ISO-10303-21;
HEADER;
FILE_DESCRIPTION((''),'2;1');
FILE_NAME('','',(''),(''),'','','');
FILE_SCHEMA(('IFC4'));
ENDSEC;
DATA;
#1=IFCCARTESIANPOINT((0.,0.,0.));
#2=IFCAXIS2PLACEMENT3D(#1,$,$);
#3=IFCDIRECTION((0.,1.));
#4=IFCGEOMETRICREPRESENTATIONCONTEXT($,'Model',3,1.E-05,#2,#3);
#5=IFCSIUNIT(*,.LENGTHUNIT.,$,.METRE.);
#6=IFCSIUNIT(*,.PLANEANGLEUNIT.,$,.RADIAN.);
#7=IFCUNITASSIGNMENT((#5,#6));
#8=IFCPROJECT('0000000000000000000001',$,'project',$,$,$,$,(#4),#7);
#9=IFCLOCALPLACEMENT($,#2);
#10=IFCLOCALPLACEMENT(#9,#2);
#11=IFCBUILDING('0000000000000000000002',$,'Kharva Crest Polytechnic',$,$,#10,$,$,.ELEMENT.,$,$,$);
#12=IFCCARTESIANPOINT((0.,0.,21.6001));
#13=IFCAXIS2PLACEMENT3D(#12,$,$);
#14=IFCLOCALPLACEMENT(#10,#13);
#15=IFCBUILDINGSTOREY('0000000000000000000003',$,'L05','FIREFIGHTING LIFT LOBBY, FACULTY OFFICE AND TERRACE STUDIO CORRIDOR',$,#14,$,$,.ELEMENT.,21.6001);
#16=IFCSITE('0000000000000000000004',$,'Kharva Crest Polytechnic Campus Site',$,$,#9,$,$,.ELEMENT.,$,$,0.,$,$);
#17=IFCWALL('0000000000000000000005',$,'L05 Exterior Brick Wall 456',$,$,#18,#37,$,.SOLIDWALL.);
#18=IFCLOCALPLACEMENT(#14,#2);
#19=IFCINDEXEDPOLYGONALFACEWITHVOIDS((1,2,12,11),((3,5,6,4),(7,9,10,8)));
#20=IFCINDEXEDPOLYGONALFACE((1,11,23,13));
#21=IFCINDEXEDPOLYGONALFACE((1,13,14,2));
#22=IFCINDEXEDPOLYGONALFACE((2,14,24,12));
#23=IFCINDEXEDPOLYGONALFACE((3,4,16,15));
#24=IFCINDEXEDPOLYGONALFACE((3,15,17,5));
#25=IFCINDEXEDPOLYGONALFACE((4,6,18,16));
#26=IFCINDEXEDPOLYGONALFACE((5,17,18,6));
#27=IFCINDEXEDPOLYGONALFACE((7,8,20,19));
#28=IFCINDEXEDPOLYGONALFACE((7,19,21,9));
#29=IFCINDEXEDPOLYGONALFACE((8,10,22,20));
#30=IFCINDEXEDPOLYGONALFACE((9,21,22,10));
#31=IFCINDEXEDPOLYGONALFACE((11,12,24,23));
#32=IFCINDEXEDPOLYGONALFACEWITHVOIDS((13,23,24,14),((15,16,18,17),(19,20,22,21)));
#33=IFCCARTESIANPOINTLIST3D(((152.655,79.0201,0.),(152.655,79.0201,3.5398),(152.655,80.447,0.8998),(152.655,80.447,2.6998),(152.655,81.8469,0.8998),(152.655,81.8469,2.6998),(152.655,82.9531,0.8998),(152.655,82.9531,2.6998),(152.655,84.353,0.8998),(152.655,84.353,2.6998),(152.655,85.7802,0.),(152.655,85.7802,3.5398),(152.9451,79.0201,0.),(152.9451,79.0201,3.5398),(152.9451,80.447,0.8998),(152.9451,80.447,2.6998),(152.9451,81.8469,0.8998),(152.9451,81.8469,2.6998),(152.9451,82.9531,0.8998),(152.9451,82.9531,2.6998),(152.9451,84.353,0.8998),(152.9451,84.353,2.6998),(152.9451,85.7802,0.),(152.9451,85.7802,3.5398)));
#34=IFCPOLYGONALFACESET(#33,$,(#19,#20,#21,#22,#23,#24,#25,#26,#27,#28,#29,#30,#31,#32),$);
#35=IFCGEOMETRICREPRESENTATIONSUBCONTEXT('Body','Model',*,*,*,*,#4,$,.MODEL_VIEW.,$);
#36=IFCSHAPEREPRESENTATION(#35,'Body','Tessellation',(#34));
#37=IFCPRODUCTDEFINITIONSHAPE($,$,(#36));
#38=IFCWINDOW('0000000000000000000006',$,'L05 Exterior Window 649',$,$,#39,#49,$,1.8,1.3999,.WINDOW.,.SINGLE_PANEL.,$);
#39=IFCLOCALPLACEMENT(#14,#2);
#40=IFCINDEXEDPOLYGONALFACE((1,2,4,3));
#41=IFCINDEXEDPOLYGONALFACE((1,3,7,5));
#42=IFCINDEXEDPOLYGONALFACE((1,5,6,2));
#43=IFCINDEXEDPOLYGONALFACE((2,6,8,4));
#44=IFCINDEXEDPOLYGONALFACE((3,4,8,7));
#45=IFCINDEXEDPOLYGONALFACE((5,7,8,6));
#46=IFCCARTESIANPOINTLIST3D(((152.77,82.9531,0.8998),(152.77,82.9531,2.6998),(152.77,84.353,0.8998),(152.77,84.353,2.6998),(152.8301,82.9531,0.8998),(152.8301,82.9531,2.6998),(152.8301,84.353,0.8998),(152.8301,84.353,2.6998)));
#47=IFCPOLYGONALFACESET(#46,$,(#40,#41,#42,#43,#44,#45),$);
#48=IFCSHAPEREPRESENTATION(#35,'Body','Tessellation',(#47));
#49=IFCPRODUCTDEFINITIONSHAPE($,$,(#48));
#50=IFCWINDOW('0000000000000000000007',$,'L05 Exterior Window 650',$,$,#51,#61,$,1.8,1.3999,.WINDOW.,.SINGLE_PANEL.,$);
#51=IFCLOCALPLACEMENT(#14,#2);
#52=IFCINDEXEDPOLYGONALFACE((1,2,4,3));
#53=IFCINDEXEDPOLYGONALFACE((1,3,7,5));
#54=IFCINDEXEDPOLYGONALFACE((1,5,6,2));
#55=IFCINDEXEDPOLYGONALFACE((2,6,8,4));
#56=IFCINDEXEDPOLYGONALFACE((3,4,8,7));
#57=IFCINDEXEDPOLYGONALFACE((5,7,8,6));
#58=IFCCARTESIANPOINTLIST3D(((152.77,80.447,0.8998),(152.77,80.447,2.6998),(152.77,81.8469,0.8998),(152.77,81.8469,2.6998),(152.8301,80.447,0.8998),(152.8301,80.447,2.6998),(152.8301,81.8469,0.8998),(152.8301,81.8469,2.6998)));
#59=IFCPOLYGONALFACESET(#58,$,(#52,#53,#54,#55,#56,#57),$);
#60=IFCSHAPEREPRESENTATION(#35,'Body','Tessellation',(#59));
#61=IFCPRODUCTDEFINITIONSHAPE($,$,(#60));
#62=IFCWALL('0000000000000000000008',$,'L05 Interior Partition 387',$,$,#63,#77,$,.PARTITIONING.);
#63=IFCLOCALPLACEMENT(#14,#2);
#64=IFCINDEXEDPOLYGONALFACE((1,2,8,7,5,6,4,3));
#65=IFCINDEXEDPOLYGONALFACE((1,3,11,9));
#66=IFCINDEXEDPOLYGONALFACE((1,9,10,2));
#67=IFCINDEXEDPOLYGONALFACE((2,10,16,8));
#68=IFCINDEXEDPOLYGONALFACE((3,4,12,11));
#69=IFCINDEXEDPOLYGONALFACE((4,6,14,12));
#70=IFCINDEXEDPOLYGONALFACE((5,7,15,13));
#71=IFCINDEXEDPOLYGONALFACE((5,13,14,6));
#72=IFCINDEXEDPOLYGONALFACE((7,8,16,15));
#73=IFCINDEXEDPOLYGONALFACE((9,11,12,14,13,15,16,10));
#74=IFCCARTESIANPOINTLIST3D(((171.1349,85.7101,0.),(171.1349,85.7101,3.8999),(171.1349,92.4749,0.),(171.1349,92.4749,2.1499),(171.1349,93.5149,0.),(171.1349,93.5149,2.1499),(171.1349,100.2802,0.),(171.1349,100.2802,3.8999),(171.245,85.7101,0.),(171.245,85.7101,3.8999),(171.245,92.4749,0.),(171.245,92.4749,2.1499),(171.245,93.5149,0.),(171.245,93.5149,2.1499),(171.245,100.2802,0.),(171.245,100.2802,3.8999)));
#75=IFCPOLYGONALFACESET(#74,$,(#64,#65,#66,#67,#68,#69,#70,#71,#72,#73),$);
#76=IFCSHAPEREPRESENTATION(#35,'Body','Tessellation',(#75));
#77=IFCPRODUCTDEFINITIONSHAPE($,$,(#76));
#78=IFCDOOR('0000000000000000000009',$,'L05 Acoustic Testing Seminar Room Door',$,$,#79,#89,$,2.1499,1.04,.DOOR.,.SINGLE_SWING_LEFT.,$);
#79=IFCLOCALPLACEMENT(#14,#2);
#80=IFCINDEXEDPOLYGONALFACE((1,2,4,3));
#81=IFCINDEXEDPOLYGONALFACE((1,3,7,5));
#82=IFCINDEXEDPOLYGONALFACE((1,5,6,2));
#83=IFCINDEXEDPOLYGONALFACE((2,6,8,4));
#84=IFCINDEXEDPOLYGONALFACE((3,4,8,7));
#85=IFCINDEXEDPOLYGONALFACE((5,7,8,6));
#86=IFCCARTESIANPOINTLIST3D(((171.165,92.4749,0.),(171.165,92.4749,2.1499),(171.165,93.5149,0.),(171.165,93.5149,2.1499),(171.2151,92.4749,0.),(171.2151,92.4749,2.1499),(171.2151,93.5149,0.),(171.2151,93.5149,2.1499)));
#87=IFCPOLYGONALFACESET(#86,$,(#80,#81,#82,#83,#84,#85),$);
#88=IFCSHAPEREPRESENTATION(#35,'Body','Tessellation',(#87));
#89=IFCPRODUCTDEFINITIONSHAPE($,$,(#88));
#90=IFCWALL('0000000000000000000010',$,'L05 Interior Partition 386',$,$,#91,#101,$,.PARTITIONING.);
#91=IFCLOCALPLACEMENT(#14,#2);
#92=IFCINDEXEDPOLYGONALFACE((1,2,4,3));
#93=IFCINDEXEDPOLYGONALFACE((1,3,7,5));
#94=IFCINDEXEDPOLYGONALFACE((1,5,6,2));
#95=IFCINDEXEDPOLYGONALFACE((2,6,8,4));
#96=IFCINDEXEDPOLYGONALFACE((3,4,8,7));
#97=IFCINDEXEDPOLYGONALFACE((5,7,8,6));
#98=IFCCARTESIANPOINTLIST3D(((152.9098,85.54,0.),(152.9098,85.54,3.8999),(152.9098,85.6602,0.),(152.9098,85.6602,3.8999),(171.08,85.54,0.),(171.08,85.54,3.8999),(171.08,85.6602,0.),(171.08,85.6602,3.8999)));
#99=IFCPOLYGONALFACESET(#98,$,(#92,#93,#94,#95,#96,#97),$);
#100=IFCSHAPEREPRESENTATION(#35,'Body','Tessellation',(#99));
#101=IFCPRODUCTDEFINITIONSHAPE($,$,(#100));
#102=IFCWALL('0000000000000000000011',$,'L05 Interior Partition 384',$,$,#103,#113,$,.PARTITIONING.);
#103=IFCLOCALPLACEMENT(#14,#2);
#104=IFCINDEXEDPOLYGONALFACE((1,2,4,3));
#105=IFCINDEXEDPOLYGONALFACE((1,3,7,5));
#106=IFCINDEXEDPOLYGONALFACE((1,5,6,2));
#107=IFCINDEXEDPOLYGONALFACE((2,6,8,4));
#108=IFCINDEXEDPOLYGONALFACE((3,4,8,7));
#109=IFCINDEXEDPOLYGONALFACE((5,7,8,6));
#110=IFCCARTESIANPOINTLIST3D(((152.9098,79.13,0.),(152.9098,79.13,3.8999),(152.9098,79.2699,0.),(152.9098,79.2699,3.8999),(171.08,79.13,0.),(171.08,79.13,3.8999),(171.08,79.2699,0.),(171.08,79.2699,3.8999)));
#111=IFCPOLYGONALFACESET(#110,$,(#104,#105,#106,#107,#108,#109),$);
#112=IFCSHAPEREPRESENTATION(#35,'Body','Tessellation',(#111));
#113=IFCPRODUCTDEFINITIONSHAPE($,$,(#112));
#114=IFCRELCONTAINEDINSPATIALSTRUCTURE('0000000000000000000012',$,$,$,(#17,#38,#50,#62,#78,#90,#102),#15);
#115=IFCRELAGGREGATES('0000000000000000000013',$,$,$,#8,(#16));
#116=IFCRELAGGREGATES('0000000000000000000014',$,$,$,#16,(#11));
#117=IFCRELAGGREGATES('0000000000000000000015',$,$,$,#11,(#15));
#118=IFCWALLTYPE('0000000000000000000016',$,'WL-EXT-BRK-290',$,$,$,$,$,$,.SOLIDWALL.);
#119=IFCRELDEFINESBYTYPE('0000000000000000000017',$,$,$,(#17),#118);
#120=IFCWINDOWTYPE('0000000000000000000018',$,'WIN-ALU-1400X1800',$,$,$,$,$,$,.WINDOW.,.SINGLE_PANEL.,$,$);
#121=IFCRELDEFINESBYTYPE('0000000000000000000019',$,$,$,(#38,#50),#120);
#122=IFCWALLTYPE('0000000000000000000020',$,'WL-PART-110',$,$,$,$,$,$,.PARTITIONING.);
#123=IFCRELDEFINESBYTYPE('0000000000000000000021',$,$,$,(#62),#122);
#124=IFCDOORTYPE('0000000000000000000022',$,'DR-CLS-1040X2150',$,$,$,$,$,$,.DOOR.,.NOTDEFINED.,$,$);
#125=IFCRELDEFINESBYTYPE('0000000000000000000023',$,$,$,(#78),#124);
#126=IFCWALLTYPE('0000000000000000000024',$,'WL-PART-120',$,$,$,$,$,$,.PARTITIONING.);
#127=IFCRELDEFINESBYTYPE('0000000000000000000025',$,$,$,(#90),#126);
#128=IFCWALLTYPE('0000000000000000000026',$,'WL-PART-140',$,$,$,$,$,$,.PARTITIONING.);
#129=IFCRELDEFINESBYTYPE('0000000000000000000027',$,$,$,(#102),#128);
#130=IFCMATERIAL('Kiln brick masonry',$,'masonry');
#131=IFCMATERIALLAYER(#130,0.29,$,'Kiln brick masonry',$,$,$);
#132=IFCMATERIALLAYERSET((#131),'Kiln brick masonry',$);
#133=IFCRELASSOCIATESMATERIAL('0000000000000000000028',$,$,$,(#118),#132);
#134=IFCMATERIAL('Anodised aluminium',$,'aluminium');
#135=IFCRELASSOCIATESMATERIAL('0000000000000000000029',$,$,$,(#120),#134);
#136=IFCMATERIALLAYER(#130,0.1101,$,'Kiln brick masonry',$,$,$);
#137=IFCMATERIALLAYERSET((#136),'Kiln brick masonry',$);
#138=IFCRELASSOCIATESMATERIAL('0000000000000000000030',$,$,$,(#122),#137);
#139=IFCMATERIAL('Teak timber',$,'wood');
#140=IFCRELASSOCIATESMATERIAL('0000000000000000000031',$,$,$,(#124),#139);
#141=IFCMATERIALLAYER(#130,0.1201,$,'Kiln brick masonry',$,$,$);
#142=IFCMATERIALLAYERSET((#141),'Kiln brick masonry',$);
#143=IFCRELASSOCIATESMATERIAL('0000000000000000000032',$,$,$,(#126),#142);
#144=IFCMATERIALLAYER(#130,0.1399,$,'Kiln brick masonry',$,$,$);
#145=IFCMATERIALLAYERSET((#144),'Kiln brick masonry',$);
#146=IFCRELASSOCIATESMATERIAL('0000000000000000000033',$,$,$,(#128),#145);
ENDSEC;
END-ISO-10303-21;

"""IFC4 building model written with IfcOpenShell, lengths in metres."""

from ifc_helpers import new_model, si_unit, direction, frame, frame_2d, origin, place, context, subcontext, project, spatial, rectangle, extrude, material, layer, layer_set, type_object, element, fill, save


model = new_model("IFC4")

# Units and contexts
model_context = context("Model", 3, precision=1e-05, world=origin(), true_north=direction((0.0, 1.0)))
body_context = subcontext(model_context, "Body", "Model", "MODEL_VIEW")
ifc_project = project(units=[si_unit("LENGTHUNIT", "METRE"), si_unit("PLANEANGLEUNIT", "RADIAN")], contexts=[model_context])

# Site, building, storey
site_placement = place(None, origin())
site = spatial("IfcSite", under=ifc_project, at=site_placement, Name="Kharva Crest Polytechnic Campus Site", CompositionType="ELEMENT", RefElevation=0.0)
building_placement = place(site_placement, origin())
building = spatial("IfcBuilding", under=site, at=building_placement, Name="Kharva Crest Polytechnic", CompositionType="ELEMENT")
storey_placement = place(building_placement, frame((0.0, 0.0, 21.6001)))
storey = spatial("IfcBuildingStorey", under=building, at=storey_placement, Name="L05", Description="FIREFIGHTING LIFT LOBBY, FACULTY OFFICE AND TERRACE STUDIO CORRIDOR", CompositionType="ELEMENT", Elevation=21.6001)

# Wall, openings, windows
ifc_material_1 = material(Name="Kiln brick masonry", Category="masonry")
ifc_material_2 = material(Name="Anodised aluminium", Category="aluminium")
ifc_layer_1 = layer(ifc_material_1, 0.29, Name="Kiln brick masonry")
ifc_layer_set_1 = layer_set([ifc_layer_1], Name="Kiln brick masonry")
wall_type_1 = type_object("IfcWallType", Name="WL-EXT-BRK-290", PredefinedType="SOLIDWALL", material=ifc_layer_set_1)
wall_1_placement = place(storey_placement, frame((152.8, 85.78, 0.0), z_axis=(0.0, 0.0, 1.0), x_axis=(0.0, -1.0, 0.0)))
wall_1 = element("IfcWall", 1, at=wall_1_placement, inside=storey, type_object=wall_type_1, Name="L05 Exterior Brick Wall 456", PredefinedType="SOLIDWALL", context=body_context, shape_type="SweptSolid", body=[
    extrude(rectangle(XDim=6.76, YDim=0.29, at=frame_2d((3.3799, 0.0))), origin(), (0.0, 0.0, 1.0), 3.5398),
])
opening_1_placement = place(wall_1_placement, frame((1.427, 0.0, 0.8999)))
opening_1 = element("IfcOpeningElement", 2, at=opening_1_placement, cuts=wall_1, PredefinedType="OPENING", context=body_context, shape_type="SweptSolid", body=[
    extrude(rectangle(XDim=1.3999, YDim=1.8, at=frame_2d((0.7, 0.8999))), frame((0.0, 0.155, 0.0), z_axis=(0.0, -1.0, 0.0), x_axis=(1.0, 0.0, 0.0)), (0.0, 0.0, 1.0), 0.3101),
])
opening_2_placement = place(wall_1_placement, frame((3.9331, 0.0, 0.8999)))
opening_2 = element("IfcOpeningElement", 3, at=opening_2_placement, cuts=wall_1, PredefinedType="OPENING", context=body_context, shape_type="SweptSolid", body=[
    extrude(rectangle(XDim=1.3999, YDim=1.8, at=frame_2d((0.7, 0.8999))), frame((0.0, 0.155, 0.0), z_axis=(0.0, -1.0, 0.0), x_axis=(1.0, 0.0, 0.0)), (0.0, 0.0, 1.0), 0.3101),
])
window_type_1 = type_object("IfcWindowType", Name="WIN-ALU-1400X1800", PartitioningType="SINGLE_PANEL", PredefinedType="WINDOW", material=ifc_material_2)
window_1_placement = place(opening_1_placement, origin())
window_1 = element("IfcWindow", 4, at=window_1_placement, inside=storey, type_object=window_type_1, Name="L05 Exterior Window 649", OverallHeight=1.8, OverallWidth=1.3999, PartitioningType="SINGLE_PANEL", PredefinedType="WINDOW", context=body_context, shape_type="SweptSolid", body=[
    extrude(rectangle(XDim=1.3999, YDim=1.8, at=frame_2d((0.7, 0.8999))), frame((0.0, 0.03, 0.0), z_axis=(0.0, -1.0, 0.0), x_axis=(1.0, 0.0, 0.0)), (0.0, 0.0, 1.0), 0.0601),
])
fill(opening_1, window_1)
window_2_placement = place(opening_2_placement, origin())
window_2 = element("IfcWindow", 5, at=window_2_placement, inside=storey, type_object=window_type_1, Name="L05 Exterior Window 650", OverallHeight=1.8, OverallWidth=1.3999, PartitioningType="SINGLE_PANEL", PredefinedType="WINDOW", context=body_context, shape_type="SweptSolid", body=[
    extrude(rectangle(XDim=1.3999, YDim=1.8, at=frame_2d((0.7, 0.8999))), frame((0.0, 0.03, 0.0), z_axis=(0.0, -1.0, 0.0), x_axis=(1.0, 0.0, 0.0)), (0.0, 0.0, 1.0), 0.0601),
])
fill(opening_2, window_2)

# Wall, opening, door
ifc_layer_2 = layer(ifc_material_1, 0.1101, Name="Kiln brick masonry")
ifc_layer_set_2 = layer_set([ifc_layer_2], Name="Kiln brick masonry")
wall_type_2 = type_object("IfcWallType", Name="WL-PART-110", PredefinedType="PARTITIONING", material=ifc_layer_set_2)
wall_2_placement = place(storey_placement, frame((171.1899, 85.71, 0.0), z_axis=(0.0, 0.0, 1.0), x_axis=(0.0, 1.0, 0.0)))
wall_2 = element("IfcWall", 6, at=wall_2_placement, inside=storey, type_object=wall_type_2, Name="L05 Interior Partition 387", PredefinedType="PARTITIONING", context=body_context, shape_type="SweptSolid", body=[
    extrude(rectangle(XDim=14.5701, YDim=0.1101, at=frame_2d((7.2852, 0.0))), origin(), (0.0, 0.0, 1.0), 3.8999),
])
opening_3_placement = place(wall_2_placement, frame((6.7649, 0.0, 0.0)))
opening_3 = element("IfcOpeningElement", 7, at=opening_3_placement, cuts=wall_2, PredefinedType="OPENING", context=body_context, shape_type="SweptSolid", body=[
    extrude(rectangle(XDim=1.04, YDim=2.1499, at=frame_2d((0.52, 1.075))), frame((0.0, 0.0649, 0.0), z_axis=(0.0, -1.0, 0.0), x_axis=(1.0, 0.0, 0.0)), (0.0, 0.0, 1.0), 0.1301),
])
ifc_material_3 = material(Name="Teak timber", Category="wood")
door_type = type_object("IfcDoorType", Name="DR-CLS-1040X2150", OperationType="NOTDEFINED", PredefinedType="DOOR", material=ifc_material_3)
door_placement = place(opening_3_placement, origin())
door = element("IfcDoor", 8, at=door_placement, inside=storey, type_object=door_type, Name="L05 Acoustic Testing Seminar Room Door", OperationType="SINGLE_SWING_LEFT", OverallHeight=2.1499, OverallWidth=1.04, PredefinedType="DOOR", context=body_context, shape_type="SweptSolid", body=[
    extrude(rectangle(XDim=1.04, YDim=2.1499, at=frame_2d((0.52, 1.075))), frame((0.0, 0.0249, 0.0), z_axis=(0.0, -1.0, 0.0), x_axis=(1.0, 0.0, 0.0)), (0.0, 0.0, 1.0), 0.05),
])
fill(opening_3, door)

# Walls
ifc_layer_3 = layer(ifc_material_1, 0.1201, Name="Kiln brick masonry")
ifc_layer_set_3 = layer_set([ifc_layer_3], Name="Kiln brick masonry")
wall_type_3 = type_object("IfcWallType", Name="WL-PART-120", PredefinedType="PARTITIONING", material=ifc_layer_set_3)
wall_3_placement = place(storey_placement, frame((152.9099, 85.6001, 0.0), z_axis=(0.0, 0.0, 1.0), x_axis=(1.0, 0.0, 0.0)))
element("IfcWall", 9, at=wall_3_placement, inside=storey, type_object=wall_type_3, Name="L05 Interior Partition 386", PredefinedType="PARTITIONING", context=body_context, shape_type="SweptSolid", body=[
    extrude(rectangle(XDim=18.1702, YDim=0.1201, at=frame_2d((9.085, 0.0))), origin(), (0.0, 0.0, 1.0), 3.8999),
])
ifc_layer_4 = layer(ifc_material_1, 0.1399, Name="Kiln brick masonry")
ifc_layer_set_4 = layer_set([ifc_layer_4], Name="Kiln brick masonry")
wall_type_4 = type_object("IfcWallType", Name="WL-PART-140", PredefinedType="PARTITIONING", material=ifc_layer_set_4)
wall_4_placement = place(storey_placement, frame((152.9099, 79.2, 0.0), z_axis=(0.0, 0.0, 1.0), x_axis=(1.0, 0.0, 0.0)))
element("IfcWall", 10, at=wall_4_placement, inside=storey, type_object=wall_type_4, Name="L05 Interior Partition 384", PredefinedType="PARTITIONING", context=body_context, shape_type="SweptSolid", body=[
    extrude(rectangle(XDim=18.1702, YDim=0.1399, at=frame_2d((9.085, 0.0))), origin(), (0.0, 0.0, 1.0), 3.8999),
])

save(model, "model.ifc")
